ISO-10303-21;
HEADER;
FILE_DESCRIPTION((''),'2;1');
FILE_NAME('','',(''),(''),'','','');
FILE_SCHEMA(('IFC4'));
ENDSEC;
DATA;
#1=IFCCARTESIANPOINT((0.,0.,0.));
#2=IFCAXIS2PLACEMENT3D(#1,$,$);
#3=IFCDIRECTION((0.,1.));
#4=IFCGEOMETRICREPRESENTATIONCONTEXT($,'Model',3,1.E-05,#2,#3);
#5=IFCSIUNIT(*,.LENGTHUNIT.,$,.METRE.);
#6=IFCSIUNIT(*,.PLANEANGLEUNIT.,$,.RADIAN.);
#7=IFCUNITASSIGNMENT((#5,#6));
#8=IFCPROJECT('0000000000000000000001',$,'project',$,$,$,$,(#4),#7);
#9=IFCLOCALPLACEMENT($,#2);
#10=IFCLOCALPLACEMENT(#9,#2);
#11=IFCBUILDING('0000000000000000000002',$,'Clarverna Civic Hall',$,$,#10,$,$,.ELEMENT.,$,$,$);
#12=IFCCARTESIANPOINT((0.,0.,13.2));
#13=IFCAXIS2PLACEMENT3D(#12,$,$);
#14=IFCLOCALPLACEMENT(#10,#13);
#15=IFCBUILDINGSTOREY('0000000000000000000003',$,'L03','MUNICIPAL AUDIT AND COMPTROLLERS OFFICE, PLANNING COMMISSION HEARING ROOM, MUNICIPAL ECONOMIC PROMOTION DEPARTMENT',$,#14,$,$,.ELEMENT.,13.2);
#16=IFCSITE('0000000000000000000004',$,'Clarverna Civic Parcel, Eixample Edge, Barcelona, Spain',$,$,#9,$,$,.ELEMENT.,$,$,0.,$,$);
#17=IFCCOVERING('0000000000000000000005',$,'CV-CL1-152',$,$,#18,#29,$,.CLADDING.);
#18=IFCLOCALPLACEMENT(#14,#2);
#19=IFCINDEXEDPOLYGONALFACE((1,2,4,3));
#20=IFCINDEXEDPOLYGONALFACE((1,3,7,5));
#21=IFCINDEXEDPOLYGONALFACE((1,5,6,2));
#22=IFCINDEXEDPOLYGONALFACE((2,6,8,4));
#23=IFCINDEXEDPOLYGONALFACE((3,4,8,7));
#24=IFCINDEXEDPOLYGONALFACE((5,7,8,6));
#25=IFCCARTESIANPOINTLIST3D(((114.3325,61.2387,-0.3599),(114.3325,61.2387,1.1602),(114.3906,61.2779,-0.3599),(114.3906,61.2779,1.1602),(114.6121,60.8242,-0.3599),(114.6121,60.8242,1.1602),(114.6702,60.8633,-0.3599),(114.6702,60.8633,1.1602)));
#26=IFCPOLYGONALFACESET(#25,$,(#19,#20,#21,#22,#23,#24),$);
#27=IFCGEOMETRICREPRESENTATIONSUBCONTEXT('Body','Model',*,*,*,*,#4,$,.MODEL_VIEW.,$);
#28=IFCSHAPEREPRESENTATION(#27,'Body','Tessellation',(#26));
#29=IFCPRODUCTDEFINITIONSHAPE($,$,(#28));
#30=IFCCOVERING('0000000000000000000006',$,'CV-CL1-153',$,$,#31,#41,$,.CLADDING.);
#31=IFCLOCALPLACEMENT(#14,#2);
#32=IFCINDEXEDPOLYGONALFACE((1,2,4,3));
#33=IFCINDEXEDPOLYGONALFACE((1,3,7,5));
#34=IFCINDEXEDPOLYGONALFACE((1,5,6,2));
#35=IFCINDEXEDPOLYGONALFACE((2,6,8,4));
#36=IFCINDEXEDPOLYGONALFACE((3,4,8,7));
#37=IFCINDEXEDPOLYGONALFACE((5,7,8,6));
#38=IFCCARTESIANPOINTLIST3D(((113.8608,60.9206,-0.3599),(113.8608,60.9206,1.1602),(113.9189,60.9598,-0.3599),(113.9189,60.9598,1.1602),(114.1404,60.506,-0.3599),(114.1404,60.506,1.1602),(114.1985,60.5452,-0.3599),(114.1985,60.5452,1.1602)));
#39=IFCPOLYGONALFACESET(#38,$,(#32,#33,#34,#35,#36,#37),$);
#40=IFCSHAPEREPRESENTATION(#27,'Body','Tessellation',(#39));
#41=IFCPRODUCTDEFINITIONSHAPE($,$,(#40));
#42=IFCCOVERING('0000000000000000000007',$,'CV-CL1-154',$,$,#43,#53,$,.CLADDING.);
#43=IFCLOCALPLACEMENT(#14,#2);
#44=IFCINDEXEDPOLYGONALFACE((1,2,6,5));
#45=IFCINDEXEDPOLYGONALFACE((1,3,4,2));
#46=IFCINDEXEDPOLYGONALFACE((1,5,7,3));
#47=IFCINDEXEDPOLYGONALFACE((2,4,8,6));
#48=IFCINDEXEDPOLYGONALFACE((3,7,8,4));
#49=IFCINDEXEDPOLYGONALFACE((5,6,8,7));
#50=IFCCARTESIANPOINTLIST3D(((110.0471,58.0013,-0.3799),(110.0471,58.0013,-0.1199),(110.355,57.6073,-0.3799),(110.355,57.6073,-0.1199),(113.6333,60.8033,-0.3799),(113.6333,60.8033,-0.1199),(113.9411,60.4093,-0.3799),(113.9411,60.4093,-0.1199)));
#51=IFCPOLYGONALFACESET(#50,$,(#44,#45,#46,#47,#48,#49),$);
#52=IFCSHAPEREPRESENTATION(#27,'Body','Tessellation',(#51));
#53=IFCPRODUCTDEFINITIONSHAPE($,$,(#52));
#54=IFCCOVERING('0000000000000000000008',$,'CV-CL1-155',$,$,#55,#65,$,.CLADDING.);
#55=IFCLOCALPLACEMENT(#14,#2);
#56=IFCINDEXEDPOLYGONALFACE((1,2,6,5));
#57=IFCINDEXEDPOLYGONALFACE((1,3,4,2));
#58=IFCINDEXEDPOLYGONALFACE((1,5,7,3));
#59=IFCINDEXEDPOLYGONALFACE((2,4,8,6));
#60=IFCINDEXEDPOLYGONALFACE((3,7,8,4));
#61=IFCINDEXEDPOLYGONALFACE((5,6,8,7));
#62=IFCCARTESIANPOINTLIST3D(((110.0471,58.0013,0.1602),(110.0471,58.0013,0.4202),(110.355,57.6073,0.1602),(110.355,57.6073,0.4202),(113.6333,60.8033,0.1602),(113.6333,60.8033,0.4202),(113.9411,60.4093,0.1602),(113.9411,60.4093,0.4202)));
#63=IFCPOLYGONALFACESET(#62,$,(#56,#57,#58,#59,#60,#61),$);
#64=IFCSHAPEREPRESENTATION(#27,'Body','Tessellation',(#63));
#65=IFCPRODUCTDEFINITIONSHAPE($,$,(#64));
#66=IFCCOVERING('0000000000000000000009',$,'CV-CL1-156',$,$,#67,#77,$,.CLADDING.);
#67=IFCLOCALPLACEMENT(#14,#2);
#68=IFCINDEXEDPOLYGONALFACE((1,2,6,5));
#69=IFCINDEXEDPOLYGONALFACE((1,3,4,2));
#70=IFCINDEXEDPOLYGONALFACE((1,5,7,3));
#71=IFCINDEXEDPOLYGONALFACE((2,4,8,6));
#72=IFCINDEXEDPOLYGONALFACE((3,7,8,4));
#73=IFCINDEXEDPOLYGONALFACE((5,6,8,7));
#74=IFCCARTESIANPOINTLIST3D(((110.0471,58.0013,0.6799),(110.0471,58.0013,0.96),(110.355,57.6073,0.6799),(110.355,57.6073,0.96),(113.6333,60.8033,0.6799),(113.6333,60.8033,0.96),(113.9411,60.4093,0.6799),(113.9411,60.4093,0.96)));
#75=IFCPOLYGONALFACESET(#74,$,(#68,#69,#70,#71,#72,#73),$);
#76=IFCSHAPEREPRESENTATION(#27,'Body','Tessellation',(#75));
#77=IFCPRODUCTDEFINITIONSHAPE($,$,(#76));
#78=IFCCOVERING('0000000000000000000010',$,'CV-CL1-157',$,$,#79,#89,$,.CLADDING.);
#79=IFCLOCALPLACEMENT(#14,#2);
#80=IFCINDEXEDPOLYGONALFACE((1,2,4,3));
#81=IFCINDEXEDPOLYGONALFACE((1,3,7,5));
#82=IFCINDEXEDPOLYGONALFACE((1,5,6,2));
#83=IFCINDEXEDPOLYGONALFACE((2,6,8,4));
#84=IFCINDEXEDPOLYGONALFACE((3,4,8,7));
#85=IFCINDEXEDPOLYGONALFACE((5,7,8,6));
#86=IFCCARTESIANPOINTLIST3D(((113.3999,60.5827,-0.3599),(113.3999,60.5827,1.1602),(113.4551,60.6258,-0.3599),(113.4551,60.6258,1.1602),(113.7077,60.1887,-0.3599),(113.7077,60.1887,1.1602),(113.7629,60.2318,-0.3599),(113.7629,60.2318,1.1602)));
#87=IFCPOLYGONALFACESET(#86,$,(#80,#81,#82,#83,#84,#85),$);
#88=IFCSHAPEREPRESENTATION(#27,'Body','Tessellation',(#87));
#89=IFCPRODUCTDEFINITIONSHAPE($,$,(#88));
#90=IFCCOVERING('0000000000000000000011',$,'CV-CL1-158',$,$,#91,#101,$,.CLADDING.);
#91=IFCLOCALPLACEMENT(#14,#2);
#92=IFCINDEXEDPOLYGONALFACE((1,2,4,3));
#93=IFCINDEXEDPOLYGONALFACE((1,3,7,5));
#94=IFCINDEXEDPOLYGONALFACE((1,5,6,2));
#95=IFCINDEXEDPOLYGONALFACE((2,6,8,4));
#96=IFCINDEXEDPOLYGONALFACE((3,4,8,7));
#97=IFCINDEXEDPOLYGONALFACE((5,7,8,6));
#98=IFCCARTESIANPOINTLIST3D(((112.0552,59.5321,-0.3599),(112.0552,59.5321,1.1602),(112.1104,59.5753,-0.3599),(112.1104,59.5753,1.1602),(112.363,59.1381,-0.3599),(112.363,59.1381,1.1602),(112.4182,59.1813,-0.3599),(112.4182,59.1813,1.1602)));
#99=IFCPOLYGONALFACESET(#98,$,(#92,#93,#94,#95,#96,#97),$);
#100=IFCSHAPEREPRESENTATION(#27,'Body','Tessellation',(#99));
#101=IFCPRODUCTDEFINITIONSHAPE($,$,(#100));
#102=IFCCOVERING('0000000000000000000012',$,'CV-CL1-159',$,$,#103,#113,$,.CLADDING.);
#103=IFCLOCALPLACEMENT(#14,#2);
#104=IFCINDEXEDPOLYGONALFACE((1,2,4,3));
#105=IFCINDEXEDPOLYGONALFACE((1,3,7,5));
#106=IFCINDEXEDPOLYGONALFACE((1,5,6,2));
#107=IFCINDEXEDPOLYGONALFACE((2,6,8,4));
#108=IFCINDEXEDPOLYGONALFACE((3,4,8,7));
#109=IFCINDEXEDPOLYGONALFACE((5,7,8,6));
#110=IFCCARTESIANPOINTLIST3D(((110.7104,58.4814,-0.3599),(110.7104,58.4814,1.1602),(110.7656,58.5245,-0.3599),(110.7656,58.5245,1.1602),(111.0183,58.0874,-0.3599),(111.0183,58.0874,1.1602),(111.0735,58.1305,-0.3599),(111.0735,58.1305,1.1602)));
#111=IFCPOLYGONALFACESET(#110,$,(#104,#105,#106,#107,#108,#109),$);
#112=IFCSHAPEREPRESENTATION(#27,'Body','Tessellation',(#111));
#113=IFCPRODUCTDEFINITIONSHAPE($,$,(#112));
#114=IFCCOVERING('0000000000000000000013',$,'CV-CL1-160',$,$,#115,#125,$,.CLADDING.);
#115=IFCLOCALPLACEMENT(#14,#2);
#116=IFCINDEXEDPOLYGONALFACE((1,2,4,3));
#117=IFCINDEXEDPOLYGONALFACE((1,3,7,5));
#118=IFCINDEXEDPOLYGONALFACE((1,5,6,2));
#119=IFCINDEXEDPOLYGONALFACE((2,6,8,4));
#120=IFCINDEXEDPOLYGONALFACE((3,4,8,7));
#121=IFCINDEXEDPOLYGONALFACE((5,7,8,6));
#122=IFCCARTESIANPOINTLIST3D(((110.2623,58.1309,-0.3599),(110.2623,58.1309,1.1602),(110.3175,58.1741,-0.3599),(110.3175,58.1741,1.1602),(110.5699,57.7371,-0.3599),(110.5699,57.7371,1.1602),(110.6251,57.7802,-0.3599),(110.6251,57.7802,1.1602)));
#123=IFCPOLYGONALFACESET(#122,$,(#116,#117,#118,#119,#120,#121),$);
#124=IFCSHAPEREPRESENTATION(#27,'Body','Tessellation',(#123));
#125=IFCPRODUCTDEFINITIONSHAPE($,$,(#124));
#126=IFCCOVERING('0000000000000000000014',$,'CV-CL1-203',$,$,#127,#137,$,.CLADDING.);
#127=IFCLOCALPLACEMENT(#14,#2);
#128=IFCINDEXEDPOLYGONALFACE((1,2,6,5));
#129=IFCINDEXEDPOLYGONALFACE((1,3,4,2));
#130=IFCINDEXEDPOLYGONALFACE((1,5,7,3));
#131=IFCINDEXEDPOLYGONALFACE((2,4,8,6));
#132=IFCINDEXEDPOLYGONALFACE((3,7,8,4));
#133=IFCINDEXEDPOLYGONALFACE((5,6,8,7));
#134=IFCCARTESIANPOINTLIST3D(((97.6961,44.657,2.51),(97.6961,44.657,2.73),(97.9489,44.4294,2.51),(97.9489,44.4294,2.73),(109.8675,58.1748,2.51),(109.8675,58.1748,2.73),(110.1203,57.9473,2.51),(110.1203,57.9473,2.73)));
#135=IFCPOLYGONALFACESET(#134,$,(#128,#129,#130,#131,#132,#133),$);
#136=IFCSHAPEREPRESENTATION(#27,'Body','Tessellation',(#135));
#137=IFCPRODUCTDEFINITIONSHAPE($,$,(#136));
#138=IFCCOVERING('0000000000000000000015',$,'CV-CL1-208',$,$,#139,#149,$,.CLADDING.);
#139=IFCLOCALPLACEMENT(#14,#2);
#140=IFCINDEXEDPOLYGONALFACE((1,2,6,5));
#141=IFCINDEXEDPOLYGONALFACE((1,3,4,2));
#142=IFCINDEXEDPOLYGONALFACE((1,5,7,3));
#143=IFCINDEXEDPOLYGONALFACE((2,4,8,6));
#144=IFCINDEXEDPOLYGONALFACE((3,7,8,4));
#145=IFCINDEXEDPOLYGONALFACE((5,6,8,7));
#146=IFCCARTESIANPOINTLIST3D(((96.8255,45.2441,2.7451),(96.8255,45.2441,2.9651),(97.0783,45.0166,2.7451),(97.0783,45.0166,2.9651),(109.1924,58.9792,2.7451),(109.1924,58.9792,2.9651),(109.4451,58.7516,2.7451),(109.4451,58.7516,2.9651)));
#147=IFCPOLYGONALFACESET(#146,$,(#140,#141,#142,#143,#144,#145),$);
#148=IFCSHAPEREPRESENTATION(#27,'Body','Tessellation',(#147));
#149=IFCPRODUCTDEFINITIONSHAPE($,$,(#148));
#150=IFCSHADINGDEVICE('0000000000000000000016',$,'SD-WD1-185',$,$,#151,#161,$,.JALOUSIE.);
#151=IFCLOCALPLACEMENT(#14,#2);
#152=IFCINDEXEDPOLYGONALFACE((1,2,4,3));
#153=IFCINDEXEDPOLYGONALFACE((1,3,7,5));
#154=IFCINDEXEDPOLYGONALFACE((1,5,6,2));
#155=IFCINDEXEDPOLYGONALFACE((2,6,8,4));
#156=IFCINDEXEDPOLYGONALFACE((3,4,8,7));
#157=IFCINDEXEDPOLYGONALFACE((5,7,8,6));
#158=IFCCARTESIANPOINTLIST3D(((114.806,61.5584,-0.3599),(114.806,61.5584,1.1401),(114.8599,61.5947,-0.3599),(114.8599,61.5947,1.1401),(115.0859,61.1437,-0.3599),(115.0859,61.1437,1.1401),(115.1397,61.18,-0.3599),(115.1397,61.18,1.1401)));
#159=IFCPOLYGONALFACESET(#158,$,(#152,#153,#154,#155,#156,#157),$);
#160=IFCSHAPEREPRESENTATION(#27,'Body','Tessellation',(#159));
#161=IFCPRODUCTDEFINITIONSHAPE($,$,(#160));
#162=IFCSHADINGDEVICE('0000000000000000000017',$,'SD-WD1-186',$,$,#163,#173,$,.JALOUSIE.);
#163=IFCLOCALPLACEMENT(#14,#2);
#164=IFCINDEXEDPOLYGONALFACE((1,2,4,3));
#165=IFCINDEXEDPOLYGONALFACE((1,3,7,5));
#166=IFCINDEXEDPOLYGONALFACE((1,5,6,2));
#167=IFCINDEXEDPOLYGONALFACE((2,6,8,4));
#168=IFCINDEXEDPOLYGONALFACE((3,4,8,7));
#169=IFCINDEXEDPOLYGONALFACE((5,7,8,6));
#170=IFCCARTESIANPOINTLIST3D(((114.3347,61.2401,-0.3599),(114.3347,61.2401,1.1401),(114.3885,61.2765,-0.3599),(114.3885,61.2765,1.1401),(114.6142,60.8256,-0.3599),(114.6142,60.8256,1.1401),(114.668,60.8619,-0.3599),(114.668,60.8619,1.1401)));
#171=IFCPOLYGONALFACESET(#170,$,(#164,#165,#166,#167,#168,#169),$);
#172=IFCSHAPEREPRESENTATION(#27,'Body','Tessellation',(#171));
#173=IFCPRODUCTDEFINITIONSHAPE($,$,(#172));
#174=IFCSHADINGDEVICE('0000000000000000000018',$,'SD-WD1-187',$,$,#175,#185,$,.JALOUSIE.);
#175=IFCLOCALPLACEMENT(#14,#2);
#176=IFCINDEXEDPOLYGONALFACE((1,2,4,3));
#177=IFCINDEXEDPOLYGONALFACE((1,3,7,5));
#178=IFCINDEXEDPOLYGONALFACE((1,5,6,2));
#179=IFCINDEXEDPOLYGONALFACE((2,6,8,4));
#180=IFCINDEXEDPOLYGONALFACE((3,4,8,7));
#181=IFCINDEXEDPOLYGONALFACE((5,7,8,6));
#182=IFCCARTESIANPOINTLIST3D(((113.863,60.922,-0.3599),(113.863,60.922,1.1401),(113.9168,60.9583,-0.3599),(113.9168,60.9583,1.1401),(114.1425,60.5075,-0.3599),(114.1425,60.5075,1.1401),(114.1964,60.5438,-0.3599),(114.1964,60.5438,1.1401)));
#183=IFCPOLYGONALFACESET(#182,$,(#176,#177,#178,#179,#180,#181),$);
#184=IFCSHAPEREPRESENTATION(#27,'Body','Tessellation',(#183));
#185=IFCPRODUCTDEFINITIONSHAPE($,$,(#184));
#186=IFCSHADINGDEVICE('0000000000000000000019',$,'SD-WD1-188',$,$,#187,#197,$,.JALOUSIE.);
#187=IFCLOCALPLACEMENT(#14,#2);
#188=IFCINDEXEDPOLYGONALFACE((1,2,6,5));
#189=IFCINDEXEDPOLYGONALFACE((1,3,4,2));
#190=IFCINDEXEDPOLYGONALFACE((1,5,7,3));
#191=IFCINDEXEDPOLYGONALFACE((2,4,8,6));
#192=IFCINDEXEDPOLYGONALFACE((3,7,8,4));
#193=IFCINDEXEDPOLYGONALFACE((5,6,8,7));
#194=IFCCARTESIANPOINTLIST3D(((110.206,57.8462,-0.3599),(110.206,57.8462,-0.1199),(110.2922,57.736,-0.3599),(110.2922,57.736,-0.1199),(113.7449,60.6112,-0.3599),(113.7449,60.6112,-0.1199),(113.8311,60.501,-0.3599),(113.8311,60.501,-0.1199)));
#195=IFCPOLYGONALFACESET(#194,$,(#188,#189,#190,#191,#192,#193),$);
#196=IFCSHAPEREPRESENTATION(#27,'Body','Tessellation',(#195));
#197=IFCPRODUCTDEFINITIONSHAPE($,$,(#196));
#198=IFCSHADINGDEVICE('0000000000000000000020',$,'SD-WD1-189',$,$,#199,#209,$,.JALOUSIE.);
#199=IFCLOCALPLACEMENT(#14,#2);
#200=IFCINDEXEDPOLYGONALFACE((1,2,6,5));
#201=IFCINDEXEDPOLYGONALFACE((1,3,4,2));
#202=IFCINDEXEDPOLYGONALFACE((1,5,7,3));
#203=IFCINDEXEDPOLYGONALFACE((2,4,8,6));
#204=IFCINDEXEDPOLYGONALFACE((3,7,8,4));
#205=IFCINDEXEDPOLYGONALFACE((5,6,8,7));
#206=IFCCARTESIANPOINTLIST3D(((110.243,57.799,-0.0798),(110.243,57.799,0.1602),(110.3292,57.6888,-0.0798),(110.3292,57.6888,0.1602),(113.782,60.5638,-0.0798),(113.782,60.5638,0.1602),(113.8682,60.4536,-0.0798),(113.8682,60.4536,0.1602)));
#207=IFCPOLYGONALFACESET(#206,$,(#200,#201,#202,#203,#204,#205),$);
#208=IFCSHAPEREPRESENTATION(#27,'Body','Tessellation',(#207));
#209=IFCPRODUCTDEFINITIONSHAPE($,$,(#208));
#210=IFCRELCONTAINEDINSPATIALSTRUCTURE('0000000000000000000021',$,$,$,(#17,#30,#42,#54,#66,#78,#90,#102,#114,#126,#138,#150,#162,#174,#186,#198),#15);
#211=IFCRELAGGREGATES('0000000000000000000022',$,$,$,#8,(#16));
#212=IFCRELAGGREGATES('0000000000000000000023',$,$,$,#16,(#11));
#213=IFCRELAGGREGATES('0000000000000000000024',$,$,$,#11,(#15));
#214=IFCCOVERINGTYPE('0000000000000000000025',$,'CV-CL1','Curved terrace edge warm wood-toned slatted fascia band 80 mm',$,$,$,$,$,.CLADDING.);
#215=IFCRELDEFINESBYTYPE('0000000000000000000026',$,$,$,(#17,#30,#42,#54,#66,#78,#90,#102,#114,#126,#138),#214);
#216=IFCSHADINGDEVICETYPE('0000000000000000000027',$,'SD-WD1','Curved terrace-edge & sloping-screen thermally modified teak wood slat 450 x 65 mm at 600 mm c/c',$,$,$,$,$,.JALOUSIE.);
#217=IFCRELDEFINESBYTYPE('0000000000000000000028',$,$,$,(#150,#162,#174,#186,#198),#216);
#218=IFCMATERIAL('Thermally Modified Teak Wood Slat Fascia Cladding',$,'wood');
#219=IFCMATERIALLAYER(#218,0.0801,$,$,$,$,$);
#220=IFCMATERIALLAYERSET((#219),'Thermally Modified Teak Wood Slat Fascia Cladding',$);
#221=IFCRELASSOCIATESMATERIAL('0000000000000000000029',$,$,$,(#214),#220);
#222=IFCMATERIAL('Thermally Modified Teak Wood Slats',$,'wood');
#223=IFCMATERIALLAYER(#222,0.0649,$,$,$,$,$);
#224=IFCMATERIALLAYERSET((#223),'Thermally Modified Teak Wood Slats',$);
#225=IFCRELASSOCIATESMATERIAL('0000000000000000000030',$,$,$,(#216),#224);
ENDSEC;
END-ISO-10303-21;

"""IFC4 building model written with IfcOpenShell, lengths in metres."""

from ifc_helpers import new_model, si_unit, direction, frame, frame_2d, origin, place, context, subcontext, project, spatial, rectangle, extrude, material, layer, layer_set, type_object, element, save


model = new_model("IFC4")

# Units and contexts
model_context = context("Model", 3, precision=1e-05, world=origin(), true_north=direction((0.0, 1.0)))
body_context = subcontext(model_context, "Body", "Model", "MODEL_VIEW")
ifc_project = project(units=[si_unit("LENGTHUNIT", "METRE"), si_unit("PLANEANGLEUNIT", "RADIAN")], contexts=[model_context])

# Site, building, storey
site_placement = place(None, origin())
site = spatial("IfcSite", under=ifc_project, at=site_placement, Name="Clarverna Civic Parcel, Eixample Edge, Barcelona, Spain", CompositionType="ELEMENT", RefElevation=0.0)
building_placement = place(site_placement, origin())
building = spatial("IfcBuilding", under=site, at=building_placement, Name="Clarverna Civic Hall", CompositionType="ELEMENT")
storey_placement = place(building_placement, frame((0.0, 0.0, 13.2)))
storey = spatial("IfcBuildingStorey", under=building, at=storey_placement, Name="L03", Description="MUNICIPAL AUDIT AND COMPTROLLERS OFFICE, PLANNING COMMISSION HEARING ROOM, MUNICIPAL ECONOMIC PROMOTION DEPARTMENT", CompositionType="ELEMENT", Elevation=13.2)

# Coverings
ifc_material_1 = material(Name="Thermally Modified Teak Wood Slat Fascia Cladding", Category="wood")
ifc_layer_1 = layer(ifc_material_1, 0.0801)
ifc_layer_set_1 = layer_set([ifc_layer_1], Name="Thermally Modified Teak Wood Slat Fascia Cladding")
covering_type = type_object("IfcCoveringType", Name="CV-CL1", Description="Curved terrace edge warm wood-toned slatted fascia band 80 mm", PredefinedType="CLADDING", material=ifc_layer_set_1)
for number, where, z_axis, x_axis, name in (
    (1, (114.3616, 61.2583, -0.3599), (0.0, 0.0, 1.0), (0.559087, -0.829109, 0.0), "CV-CL1-152"),
    (2, (113.8899, 60.9402, -0.3599), (0.0, 0.0, 1.0), (0.559087, -0.829109, 0.0), "CV-CL1-153"),
):
    element("IfcCovering", number, at=place(storey_placement, frame(where, z_axis=z_axis, x_axis=x_axis)), inside=storey, type_object=covering_type, Name=name, PredefinedType="CLADDING", context=body_context, shape_type="SweptSolid", body=[
        extrude(rectangle(XDim=0.5, YDim=0.0701, at=frame_2d((0.25, 0.0))), origin(), (0.0, 0.0, 1.0), 1.52),
    ])
for number, where, z_axis, x_axis, name in (
    (3, (113.7871, 60.6062, -0.3799), (0.0, 0.0, 1.0), (-0.787993, -0.615685, 0.0), "CV-CL1-154"),
    (4, (113.7871, 60.6062, 0.1602), (0.0, 0.0, 1.0), (-0.787993, -0.615685, 0.0), "CV-CL1-155"),
):
    element("IfcCovering", number, at=place(storey_placement, frame(where, z_axis=z_axis, x_axis=x_axis)), inside=storey, type_object=covering_type, Name=name, PredefinedType="CLADDING", context=body_context, shape_type="SweptSolid", body=[
        extrude(rectangle(XDim=4.551, YDim=0.5, at=frame_2d((2.2754, 0.0))), origin(), (0.0, 0.0, 1.0), 0.26),
    ])
covering_1_placement = place(storey_placement, frame((113.7871, 60.6062, 0.6799), z_axis=(0.0, 0.0, 1.0), x_axis=(-0.787993, -0.615685, 0.0)))
element("IfcCovering", 5, at=covering_1_placement, inside=storey, type_object=covering_type, Name="CV-CL1-156", PredefinedType="CLADDING", context=body_context, shape_type="SweptSolid", body=[
    extrude(rectangle(XDim=4.551, YDim=0.5, at=frame_2d((2.2754, 0.0))), origin(), (0.0, 0.0, 1.0), 0.28),
])
for number, where, z_axis, x_axis, name in (
    (6, (113.4275, 60.6042, -0.3599), (0.0, 0.0, 1.0), (0.615663, -0.78801, 0.0), "CV-CL1-157"),
    (7, (112.0828, 59.5537, -0.3599), (0.0, 0.0, 1.0), (0.615663, -0.78801, 0.0), "CV-CL1-158"),
    (8, (110.738, 58.5029, -0.3599), (0.0, 0.0, 1.0), (0.615663, -0.78801, 0.0), "CV-CL1-159"),
):
    element("IfcCovering", number, at=place(storey_placement, frame(where, z_axis=z_axis, x_axis=x_axis)), inside=storey, type_object=covering_type, Name=name, PredefinedType="CLADDING", context=body_context, shape_type="SweptSolid", body=[
        extrude(rectangle(XDim=0.5, YDim=0.0701, at=frame_2d((0.25, 0.0))), origin(), (0.0, 0.0, 1.0), 1.52),
    ])
covering_2_placement = place(storey_placement, frame((110.2898, 58.1526, -0.3599), z_axis=(0.0, 0.0, 1.0), x_axis=(0.615597, -0.788061, 0.0)))
element("IfcCovering", 9, at=covering_2_placement, inside=storey, type_object=covering_type, Name="CV-CL1-160", PredefinedType="CLADDING", context=body_context, shape_type="SweptSolid", body=[
    extrude(rectangle(XDim=0.4998, YDim=0.0701, at=frame_2d((0.25, 0.0))), origin(), (0.0, 0.0, 1.0), 1.52),
])
covering_3_placement = place(storey_placement, frame((109.9939, 58.061, 2.51), z_axis=(0.0, 0.0, 1.0), x_axis=(-0.669127, -0.743148, 0.0)))
element("IfcCovering", 10, at=covering_3_placement, inside=storey, type_object=covering_type, Name="CV-CL1-203", PredefinedType="CLADDING", context=body_context, shape_type="SweptSolid", body=[
    extrude(rectangle(XDim=18.1899, YDim=0.3401, at=frame_2d((9.095, 0.0))), origin(), (0.0, 0.0, 1.0), 0.22),
])
covering_4_placement = place(storey_placement, frame((109.3188, 58.8655, 2.7451), z_axis=(0.0, 0.0, 1.0), x_axis=(-0.669125, -0.74315, 0.0)))
element("IfcCovering", 11, at=covering_4_placement, inside=storey, type_object=covering_type, Name="CV-CL1-208", PredefinedType="CLADDING", context=body_context, shape_type="SweptSolid", body=[
    extrude(rectangle(XDim=18.4822, YDim=0.3401, at=frame_2d((9.2412, 0.0))), origin(), (0.0, 0.0, 1.0), 0.22),
])

# Shading devices
ifc_material_2 = material(Name="Thermally Modified Teak Wood Slats", Category="wood")
ifc_layer_2 = layer(ifc_material_2, 0.0649)
ifc_layer_set_2 = layer_set([ifc_layer_2], Name="Thermally Modified Teak Wood Slats")
shading_device_type = type_object("IfcShadingDeviceType", Name="SD-WD1", Description="Curved terrace-edge & sloping-screen thermally modified teak wood slat 450 x 65 mm at 600 mm c/c", PredefinedType="JALOUSIE", material=ifc_layer_set_2)
shading_device_1_placement = place(storey_placement, frame((114.833, 61.5764, -0.3599), z_axis=(0.0, 0.0, 1.0), x_axis=(0.559423, -0.828883, 0.0)))
element("IfcShadingDevice", 12, at=shading_device_1_placement, inside=storey, type_object=shading_device_type, Name="SD-WD1-185", PredefinedType="JALOUSIE", context=body_context, shape_type="SweptSolid", body=[
    extrude(rectangle(XDim=0.5002, YDim=0.0649, at=frame_2d((0.25, 0.0))), origin(), (0.0, 0.0, 1.0), 1.5),
])
for number, where, z_axis, x_axis, name in (
    (13, (114.3616, 61.2583, -0.3599), (0.0, 0.0, 1.0), (0.559087, -0.829109, 0.0), "SD-WD1-186"),
    (14, (113.8899, 60.9402, -0.3599), (0.0, 0.0, 1.0), (0.559087, -0.829109, 0.0), "SD-WD1-187"),
):
    element("IfcShadingDevice", number, at=place(storey_placement, frame(where, z_axis=z_axis, x_axis=x_axis)), inside=storey, type_object=shading_device_type, Name=name, PredefinedType="JALOUSIE", context=body_context, shape_type="SweptSolid", body=[
        extrude(rectangle(XDim=0.5, YDim=0.0649, at=frame_2d((0.25, 0.0))), origin(), (0.0, 0.0, 1.0), 1.5),
    ])
for number, where, z_axis, x_axis, name in (
    (15, (113.7881, 60.5562, -0.3599), (0.0, 0.0, 1.0), (-0.788004, -0.61567, 0.0), "SD-WD1-188"),
    (16, (113.8252, 60.5088, -0.0798), (0.0, 0.0, 1.0), (-0.788024, -0.615644, 0.0), "SD-WD1-189"),
):
    element("IfcShadingDevice", number, at=place(storey_placement, frame(where, z_axis=z_axis, x_axis=x_axis)), inside=storey, type_object=shading_device_type, Name=name, PredefinedType="JALOUSIE", context=body_context, shape_type="SweptSolid", body=[
        extrude(rectangle(XDim=4.491, YDim=0.1399, at=frame_2d((2.2456, 0.0))), origin(), (0.0, 0.0, 1.0), 0.24),
    ])

save(model, "model.ifc")
